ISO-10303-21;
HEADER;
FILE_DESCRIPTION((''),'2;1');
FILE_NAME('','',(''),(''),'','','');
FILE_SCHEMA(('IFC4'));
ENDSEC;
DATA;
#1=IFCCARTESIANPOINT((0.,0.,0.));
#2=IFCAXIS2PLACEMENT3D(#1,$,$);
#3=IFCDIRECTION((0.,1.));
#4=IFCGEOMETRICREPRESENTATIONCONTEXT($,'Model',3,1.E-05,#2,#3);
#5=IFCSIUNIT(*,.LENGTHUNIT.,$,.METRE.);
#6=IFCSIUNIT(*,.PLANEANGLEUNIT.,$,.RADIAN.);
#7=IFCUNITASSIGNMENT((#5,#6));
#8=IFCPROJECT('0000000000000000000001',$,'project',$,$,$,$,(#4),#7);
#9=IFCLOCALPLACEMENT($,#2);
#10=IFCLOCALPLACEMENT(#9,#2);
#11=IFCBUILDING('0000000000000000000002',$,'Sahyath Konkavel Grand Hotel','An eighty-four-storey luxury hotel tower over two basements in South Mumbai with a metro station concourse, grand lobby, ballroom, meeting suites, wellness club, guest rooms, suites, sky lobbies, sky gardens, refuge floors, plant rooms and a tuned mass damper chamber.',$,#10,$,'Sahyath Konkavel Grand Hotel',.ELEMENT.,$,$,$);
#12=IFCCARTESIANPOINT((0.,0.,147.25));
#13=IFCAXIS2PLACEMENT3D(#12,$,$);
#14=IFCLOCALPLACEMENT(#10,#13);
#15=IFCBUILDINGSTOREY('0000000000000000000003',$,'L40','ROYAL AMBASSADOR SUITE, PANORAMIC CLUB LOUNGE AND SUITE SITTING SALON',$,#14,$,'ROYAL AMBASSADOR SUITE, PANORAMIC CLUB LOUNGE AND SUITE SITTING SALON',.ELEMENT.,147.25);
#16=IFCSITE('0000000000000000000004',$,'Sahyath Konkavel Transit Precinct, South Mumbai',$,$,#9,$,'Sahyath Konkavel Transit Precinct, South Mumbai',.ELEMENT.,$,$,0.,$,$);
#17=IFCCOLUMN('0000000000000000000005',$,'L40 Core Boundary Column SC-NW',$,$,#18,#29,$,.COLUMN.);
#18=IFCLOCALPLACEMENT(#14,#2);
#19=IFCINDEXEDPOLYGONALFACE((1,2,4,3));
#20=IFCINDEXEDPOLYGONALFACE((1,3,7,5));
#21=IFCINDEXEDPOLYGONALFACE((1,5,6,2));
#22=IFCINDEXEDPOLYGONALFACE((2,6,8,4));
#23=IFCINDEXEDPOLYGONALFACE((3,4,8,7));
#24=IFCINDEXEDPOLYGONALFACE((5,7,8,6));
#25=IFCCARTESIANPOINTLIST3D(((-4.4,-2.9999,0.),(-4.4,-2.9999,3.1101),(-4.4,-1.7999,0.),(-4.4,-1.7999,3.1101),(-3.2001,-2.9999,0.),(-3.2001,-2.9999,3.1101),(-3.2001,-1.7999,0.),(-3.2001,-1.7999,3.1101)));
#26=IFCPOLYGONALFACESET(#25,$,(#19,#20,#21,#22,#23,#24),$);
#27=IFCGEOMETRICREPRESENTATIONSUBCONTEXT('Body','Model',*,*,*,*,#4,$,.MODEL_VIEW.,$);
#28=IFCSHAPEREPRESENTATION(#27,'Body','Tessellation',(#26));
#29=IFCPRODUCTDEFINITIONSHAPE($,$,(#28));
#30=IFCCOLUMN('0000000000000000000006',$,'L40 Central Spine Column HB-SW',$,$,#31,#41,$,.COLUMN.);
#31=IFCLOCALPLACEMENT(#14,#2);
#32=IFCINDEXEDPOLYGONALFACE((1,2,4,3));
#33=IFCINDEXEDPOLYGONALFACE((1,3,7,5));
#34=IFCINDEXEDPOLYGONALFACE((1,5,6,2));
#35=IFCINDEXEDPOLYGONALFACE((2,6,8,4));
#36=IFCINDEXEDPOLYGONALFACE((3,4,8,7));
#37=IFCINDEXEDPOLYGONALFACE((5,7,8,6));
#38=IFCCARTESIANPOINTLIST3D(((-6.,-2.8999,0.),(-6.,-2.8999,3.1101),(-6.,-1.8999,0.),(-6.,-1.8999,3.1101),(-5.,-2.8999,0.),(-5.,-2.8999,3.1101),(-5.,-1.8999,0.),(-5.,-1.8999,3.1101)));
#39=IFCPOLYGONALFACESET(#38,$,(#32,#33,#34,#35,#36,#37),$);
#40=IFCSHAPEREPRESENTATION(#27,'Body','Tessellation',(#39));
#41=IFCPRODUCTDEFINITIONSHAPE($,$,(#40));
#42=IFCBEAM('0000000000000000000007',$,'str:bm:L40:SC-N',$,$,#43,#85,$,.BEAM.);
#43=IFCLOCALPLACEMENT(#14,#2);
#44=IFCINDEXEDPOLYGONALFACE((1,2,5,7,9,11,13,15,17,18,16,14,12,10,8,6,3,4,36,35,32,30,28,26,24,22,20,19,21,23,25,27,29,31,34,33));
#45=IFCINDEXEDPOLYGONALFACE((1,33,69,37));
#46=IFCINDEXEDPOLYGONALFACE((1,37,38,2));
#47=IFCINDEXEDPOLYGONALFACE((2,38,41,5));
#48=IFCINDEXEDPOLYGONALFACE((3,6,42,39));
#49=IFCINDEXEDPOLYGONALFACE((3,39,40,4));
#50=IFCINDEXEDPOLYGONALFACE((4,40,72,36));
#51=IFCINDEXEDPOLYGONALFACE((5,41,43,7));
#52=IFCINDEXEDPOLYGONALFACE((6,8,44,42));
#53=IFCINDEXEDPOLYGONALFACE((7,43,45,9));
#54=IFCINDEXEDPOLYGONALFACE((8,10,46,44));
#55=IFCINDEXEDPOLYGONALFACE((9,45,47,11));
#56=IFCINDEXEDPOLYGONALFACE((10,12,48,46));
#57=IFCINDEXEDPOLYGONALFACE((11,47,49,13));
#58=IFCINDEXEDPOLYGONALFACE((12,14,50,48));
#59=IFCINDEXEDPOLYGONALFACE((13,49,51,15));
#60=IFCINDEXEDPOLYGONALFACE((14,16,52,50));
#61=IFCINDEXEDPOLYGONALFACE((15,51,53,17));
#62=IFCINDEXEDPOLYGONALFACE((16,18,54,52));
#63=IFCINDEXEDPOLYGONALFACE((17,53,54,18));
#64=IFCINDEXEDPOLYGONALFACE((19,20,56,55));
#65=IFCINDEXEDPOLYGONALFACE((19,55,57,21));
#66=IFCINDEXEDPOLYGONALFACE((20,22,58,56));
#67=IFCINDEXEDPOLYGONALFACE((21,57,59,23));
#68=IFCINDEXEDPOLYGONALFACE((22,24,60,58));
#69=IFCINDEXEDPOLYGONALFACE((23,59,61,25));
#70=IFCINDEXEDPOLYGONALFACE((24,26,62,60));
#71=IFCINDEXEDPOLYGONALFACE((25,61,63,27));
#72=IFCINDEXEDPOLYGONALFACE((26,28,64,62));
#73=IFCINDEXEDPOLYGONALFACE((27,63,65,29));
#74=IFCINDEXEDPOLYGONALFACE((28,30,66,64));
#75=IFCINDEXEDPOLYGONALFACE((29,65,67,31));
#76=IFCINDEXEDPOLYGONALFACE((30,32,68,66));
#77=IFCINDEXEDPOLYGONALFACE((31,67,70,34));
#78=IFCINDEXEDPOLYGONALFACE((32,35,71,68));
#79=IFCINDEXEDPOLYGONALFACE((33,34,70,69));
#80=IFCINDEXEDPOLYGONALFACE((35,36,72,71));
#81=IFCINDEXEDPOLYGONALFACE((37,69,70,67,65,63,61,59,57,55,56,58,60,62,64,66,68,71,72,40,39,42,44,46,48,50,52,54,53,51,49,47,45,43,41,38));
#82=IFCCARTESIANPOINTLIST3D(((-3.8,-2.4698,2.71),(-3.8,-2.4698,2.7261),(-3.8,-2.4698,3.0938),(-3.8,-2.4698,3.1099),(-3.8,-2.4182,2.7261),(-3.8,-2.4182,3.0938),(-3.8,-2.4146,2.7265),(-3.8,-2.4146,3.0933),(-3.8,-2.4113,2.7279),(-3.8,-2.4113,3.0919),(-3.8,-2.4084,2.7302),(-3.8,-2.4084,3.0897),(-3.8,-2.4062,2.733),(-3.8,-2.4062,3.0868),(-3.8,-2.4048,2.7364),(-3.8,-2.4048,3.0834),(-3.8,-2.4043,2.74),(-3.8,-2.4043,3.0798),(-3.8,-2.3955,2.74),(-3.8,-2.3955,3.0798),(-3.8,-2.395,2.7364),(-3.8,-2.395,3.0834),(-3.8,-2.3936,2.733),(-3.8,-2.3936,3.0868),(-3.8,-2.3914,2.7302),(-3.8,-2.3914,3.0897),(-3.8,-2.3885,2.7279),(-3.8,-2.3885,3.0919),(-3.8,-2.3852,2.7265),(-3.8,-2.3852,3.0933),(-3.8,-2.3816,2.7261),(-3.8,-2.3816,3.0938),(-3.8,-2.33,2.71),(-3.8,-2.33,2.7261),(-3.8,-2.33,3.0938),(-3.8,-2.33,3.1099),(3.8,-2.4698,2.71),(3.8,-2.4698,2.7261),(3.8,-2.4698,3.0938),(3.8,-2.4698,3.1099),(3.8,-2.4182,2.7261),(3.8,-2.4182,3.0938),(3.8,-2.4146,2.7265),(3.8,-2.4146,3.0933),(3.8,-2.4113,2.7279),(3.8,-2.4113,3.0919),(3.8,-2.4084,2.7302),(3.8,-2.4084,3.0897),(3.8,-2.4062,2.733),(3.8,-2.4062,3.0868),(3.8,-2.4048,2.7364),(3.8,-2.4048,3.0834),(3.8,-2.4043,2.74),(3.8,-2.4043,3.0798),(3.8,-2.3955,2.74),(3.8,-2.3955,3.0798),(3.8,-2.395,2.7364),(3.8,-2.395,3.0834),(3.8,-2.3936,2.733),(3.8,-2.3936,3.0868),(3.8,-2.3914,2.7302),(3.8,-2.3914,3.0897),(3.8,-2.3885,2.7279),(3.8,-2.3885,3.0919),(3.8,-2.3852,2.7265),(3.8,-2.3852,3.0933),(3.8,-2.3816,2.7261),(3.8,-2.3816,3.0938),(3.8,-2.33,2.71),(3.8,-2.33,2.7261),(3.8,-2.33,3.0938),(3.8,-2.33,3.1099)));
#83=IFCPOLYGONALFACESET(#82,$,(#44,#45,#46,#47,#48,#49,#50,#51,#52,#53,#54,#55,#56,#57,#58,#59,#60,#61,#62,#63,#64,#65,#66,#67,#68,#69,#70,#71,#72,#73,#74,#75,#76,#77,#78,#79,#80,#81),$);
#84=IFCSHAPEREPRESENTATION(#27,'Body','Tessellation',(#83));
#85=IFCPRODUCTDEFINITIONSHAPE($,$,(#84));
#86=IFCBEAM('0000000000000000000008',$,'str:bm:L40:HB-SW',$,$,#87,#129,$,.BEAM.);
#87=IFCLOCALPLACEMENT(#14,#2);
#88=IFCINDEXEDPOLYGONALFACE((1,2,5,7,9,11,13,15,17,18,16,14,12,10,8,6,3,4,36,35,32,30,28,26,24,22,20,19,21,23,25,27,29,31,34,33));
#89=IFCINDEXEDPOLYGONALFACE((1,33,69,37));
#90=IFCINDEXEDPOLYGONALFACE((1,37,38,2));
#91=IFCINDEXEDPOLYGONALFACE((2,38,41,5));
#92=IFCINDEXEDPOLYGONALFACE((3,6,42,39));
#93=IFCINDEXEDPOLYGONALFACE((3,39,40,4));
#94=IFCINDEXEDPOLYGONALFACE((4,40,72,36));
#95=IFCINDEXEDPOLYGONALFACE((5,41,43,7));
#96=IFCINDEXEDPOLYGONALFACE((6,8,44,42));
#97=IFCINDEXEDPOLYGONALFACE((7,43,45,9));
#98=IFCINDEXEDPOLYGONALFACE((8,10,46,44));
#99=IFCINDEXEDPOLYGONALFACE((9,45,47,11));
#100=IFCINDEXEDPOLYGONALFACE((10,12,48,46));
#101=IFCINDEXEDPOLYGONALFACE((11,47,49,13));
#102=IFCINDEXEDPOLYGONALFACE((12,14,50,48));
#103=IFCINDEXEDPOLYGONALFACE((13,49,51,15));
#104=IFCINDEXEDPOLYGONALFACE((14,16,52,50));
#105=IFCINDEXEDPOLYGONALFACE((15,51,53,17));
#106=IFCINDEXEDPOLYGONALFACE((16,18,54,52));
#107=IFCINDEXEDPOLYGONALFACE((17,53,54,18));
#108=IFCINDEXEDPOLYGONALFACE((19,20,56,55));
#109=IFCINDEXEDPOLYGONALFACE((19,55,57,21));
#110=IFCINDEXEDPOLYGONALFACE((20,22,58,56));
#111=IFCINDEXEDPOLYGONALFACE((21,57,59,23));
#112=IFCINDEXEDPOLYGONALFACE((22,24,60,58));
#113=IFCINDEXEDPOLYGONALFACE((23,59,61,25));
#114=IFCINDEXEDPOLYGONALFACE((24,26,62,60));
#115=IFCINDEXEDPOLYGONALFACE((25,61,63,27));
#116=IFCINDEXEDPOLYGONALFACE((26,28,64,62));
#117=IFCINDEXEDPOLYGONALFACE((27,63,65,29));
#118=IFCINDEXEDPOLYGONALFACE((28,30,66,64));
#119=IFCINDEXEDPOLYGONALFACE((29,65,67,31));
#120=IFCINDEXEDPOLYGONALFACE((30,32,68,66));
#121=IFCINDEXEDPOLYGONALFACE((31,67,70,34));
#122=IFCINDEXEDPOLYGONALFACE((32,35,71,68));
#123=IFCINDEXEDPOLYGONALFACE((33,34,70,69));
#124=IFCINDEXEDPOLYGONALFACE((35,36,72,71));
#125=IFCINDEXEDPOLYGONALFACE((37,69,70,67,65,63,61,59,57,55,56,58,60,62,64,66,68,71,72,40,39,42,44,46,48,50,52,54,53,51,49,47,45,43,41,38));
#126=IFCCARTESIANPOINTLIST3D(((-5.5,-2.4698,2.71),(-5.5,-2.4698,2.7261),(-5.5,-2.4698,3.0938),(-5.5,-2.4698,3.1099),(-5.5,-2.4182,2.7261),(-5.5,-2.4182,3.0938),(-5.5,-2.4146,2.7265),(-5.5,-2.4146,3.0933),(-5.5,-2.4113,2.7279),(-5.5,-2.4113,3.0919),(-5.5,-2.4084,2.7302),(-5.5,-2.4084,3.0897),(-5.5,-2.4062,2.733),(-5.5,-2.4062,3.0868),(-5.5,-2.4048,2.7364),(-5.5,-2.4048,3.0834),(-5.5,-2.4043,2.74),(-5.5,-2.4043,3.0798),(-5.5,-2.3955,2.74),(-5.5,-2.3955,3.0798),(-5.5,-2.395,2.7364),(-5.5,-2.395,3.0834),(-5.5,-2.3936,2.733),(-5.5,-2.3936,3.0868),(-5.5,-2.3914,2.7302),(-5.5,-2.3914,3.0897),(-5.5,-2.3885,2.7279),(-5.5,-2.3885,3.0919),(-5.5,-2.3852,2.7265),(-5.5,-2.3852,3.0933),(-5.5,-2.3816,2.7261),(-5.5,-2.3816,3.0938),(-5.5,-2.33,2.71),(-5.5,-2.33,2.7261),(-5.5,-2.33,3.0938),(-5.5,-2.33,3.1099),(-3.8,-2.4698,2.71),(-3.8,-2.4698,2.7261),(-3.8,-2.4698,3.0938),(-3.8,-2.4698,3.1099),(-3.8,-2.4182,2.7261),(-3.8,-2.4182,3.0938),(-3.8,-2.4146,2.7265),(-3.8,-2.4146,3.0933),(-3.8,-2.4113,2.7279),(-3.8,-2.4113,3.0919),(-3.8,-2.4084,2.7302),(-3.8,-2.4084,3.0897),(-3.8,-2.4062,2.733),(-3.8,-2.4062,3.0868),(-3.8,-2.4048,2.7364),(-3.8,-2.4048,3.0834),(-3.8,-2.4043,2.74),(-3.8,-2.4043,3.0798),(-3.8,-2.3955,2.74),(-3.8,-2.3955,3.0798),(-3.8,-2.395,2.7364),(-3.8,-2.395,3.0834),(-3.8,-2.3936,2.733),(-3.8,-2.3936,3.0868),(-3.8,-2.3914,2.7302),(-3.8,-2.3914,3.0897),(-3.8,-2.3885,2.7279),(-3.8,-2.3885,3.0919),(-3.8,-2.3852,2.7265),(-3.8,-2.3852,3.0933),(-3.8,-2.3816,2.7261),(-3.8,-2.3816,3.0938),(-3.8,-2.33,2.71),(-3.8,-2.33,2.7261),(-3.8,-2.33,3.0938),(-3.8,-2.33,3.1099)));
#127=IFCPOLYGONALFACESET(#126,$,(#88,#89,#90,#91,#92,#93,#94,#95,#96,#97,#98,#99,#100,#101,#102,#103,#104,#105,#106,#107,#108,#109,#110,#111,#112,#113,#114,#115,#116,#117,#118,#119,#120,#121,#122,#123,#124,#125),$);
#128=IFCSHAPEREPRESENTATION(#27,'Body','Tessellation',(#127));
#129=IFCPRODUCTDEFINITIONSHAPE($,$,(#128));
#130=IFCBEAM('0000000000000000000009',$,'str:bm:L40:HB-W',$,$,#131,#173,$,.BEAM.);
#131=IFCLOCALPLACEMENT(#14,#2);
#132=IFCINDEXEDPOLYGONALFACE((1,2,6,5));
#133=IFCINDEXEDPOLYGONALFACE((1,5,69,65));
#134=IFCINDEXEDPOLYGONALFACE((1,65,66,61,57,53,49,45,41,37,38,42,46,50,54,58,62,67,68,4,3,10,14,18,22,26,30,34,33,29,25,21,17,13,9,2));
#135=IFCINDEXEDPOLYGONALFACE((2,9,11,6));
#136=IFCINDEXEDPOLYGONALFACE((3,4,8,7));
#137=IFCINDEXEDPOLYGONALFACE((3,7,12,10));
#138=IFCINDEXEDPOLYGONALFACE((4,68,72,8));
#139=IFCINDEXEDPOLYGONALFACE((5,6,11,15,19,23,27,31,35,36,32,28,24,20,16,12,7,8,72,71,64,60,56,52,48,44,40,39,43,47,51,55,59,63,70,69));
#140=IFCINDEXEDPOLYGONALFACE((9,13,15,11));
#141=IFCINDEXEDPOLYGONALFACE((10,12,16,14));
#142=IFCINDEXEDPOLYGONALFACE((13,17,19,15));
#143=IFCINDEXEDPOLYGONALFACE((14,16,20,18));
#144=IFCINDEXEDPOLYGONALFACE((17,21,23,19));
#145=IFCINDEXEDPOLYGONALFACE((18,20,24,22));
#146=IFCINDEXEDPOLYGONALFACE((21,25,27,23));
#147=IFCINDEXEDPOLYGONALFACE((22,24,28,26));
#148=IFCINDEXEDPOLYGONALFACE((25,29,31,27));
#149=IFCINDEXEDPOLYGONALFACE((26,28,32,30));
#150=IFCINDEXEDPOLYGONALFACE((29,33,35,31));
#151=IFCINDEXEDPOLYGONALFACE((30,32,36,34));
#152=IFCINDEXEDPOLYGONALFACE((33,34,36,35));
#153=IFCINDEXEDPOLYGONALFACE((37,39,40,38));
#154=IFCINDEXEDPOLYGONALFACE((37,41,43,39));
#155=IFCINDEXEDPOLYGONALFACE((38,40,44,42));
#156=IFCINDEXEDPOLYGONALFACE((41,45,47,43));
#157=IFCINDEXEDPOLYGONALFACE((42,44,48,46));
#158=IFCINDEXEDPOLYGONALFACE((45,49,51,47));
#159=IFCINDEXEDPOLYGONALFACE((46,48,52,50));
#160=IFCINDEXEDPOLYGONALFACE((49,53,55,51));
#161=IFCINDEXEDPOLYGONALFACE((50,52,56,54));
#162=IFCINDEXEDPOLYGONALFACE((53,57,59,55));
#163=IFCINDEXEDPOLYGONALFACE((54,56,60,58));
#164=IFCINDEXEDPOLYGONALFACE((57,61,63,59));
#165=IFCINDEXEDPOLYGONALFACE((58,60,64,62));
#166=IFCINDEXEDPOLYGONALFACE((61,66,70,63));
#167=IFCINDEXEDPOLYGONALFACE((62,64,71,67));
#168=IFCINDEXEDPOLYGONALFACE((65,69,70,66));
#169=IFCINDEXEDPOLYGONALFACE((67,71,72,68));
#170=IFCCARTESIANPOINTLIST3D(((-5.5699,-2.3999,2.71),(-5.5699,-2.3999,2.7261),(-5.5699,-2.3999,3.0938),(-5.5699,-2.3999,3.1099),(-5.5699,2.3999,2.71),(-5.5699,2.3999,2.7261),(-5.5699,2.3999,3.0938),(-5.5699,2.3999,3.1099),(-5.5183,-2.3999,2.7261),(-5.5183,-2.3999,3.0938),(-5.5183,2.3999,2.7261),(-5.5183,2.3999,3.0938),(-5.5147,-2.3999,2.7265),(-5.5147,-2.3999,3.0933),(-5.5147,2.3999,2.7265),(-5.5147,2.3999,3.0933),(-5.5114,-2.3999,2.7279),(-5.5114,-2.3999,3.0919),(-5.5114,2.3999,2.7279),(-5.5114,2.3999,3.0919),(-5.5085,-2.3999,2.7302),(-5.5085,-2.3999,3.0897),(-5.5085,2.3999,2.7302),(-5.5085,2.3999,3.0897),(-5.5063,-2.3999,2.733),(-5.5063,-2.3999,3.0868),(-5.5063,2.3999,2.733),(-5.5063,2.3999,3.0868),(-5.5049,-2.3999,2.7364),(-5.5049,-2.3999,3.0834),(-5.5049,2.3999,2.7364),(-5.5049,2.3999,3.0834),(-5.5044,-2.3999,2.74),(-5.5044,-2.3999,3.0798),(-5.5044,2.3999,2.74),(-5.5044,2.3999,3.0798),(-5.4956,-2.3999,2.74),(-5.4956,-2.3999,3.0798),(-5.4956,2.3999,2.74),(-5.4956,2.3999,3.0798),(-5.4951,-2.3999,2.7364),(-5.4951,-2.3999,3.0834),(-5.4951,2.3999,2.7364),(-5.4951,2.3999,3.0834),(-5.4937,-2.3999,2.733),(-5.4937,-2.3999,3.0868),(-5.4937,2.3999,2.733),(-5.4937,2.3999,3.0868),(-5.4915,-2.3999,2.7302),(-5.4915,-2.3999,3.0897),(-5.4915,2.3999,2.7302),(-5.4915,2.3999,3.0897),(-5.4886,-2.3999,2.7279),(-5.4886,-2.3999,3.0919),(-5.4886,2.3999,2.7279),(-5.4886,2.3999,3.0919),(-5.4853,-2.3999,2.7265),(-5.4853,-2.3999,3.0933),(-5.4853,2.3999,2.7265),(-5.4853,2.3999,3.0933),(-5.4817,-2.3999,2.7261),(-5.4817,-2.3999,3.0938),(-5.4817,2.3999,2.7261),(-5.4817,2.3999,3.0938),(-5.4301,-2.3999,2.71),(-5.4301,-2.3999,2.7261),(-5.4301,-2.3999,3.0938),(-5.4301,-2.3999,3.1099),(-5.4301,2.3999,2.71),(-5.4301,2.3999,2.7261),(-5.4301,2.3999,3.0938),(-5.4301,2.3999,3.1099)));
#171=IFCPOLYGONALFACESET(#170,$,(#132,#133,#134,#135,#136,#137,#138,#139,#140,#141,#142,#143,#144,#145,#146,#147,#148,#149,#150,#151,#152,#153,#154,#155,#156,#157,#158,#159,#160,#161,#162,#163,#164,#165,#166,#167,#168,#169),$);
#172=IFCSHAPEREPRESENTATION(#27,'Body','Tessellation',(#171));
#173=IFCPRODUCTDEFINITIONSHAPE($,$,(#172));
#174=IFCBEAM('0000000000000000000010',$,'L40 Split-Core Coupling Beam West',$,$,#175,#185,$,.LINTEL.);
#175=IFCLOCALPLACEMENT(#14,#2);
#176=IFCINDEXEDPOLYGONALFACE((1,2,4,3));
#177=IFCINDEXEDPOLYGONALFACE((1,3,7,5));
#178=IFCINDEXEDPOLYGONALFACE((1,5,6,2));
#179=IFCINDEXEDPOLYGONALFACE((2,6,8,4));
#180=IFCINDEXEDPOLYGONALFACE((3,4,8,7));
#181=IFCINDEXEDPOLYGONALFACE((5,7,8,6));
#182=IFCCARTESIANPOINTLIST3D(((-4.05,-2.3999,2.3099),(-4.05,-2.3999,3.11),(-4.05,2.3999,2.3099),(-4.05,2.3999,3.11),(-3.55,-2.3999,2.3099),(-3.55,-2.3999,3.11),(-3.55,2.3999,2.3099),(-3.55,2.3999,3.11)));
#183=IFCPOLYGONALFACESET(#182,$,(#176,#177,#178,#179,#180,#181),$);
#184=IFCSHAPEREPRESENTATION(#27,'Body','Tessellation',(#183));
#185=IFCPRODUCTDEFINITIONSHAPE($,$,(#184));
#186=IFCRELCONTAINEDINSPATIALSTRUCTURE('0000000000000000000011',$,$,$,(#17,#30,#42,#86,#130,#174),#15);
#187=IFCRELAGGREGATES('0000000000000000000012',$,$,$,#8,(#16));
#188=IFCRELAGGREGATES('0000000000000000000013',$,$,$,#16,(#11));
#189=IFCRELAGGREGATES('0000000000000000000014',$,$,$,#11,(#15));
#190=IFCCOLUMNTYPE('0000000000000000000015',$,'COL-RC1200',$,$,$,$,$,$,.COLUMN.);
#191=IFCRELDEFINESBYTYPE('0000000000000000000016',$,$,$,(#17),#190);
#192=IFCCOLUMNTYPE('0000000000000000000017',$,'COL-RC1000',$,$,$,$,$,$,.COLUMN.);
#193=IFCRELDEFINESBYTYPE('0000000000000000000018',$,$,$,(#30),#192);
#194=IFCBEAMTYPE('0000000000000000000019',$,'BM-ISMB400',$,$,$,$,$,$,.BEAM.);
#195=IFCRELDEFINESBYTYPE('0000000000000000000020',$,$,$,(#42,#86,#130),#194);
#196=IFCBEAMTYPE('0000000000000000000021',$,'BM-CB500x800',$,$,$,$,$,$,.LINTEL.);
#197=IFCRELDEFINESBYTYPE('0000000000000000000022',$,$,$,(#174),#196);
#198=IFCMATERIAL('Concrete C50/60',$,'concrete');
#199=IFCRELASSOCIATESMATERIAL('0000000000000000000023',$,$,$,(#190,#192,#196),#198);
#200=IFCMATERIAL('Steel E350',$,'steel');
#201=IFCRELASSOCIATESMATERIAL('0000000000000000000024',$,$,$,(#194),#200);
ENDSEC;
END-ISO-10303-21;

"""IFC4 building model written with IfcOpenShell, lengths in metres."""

from ifc_helpers import new_model, si_unit, direction, frame, origin, origin_2d, place, context, subcontext, project, spatial, rectangle, i_section, extrude, source, transform, mapped, material, material_profile, profile_set, type_object, element, save


model = new_model("IFC4")

# Units and contexts
model_context = context("Model", 3, precision=1e-05, world=origin(), true_north=direction((0.0, 1.0)))
body_context = subcontext(model_context, "Body", "Model", "MODEL_VIEW")
ifc_project = project(units=[si_unit("LENGTHUNIT", "METRE"), si_unit("PLANEANGLEUNIT", "RADIAN")], contexts=[model_context])

# Site, building, storey
site_placement = place(None, origin())
site = spatial("IfcSite", under=ifc_project, at=site_placement, Name="Sahyath Konkavel Transit Precinct, South Mumbai", LongName="Sahyath Konkavel Transit Precinct, South Mumbai", CompositionType="ELEMENT", RefElevation=0.0)
building_placement = place(site_placement, origin())
building = spatial("IfcBuilding", under=site, at=building_placement, Name="Sahyath Konkavel Grand Hotel", Description="An eighty-four-storey luxury hotel tower over two basements in South Mumbai with a metro station concourse, grand lobby, ballroom, meeting suites, wellness club, guest rooms, suites, sky lobbies, sky gardens, refuge floors, plant rooms and a tuned mass damper chamber.", LongName="Sahyath Konkavel Grand Hotel", CompositionType="ELEMENT")
storey_placement = place(building_placement, frame((0.0, 0.0, 147.25)))
storey = spatial("IfcBuildingStorey", under=building, at=storey_placement, Name="L40", Description="ROYAL AMBASSADOR SUITE, PANORAMIC CLUB LOUNGE AND SUITE SITTING SALON", LongName="ROYAL AMBASSADOR SUITE, PANORAMIC CLUB LOUNGE AND SUITE SITTING SALON", CompositionType="ELEMENT", Elevation=147.25)

# Columns
ifc_material_1 = material(Name="Concrete C50/60", Category="concrete")
ifc_material_profile_1 = material_profile(ifc_material_1, rectangle(XDim=1.2, YDim=1.2, at=origin_2d()), Name="RC 1200x1200")
ifc_profile_set_1 = profile_set([ifc_material_profile_1], Name="Concrete C50/60")
column_type_1 = type_object("IfcColumnType", Name="COL-RC1200", PredefinedType="COLUMN", material=ifc_profile_set_1)
shared_shape_1 = source(origin(), body_context, "Body", "SweptSolid", [
    extrude(rectangle(XDim=1.2, YDim=1.2, at=origin_2d()), origin(), (0.0, 0.0, 1.0), 3.1101),
])
column_1_placement = place(storey_placement, frame((-3.8, -2.3999, 0.0), z_axis=(0.0, 0.0, 1.0), x_axis=(1.0, 0.0, 0.0)))
element("IfcColumn", 1, at=column_1_placement, inside=storey, type_object=column_type_1, Name="L40 Core Boundary Column SC-NW", PredefinedType="COLUMN", context=body_context, shape_type="MappedRepresentation", body=[
    mapped(shared_shape_1, transform((0.0, 0.0, 0.0), scale=1.0)),
])
ifc_material_profile_2 = material_profile(ifc_material_1, rectangle(XDim=1.0, YDim=1.0, at=origin_2d()), Name="RC 1000x1000")
ifc_profile_set_2 = profile_set([ifc_material_profile_2], Name="Concrete C50/60")
column_type_2 = type_object("IfcColumnType", Name="COL-RC1000", PredefinedType="COLUMN", material=ifc_profile_set_2)
shared_shape_2 = source(origin(), body_context, "Body", "SweptSolid", [
    extrude(rectangle(XDim=1.0, YDim=1.0, at=origin_2d()), origin(), (0.0, 0.0, 1.0), 3.1101),
])
column_2_placement = place(storey_placement, frame((-5.5, -2.3999, 0.0), z_axis=(0.0, 0.0, 1.0), x_axis=(1.0, 0.0, 0.0)))
element("IfcColumn", 2, at=column_2_placement, inside=storey, type_object=column_type_2, Name="L40 Central Spine Column HB-SW", PredefinedType="COLUMN", context=body_context, shape_type="MappedRepresentation", body=[
    mapped(shared_shape_2, transform((0.0, 0.0, 0.0), scale=1.0)),
])

# Beams
ifc_material_2 = material(Name="Steel E350", Category="steel")
ifc_material_profile_3 = material_profile(ifc_material_2, i_section(OverallWidth=0.1399, OverallDepth=0.3999, WebThickness=0.0088, FlangeThickness=0.0161, FilletRadius=0.0139, at=origin_2d()), Name="ISMB 400")
ifc_profile_set_3 = profile_set([ifc_material_profile_3], Name="Steel E350")
beam_type_1 = type_object("IfcBeamType", Name="BM-ISMB400", PredefinedType="BEAM", material=ifc_profile_set_3)
shared_shape_3 = source(origin(), body_context, "Body", "SweptSolid", [
    extrude(i_section(OverallWidth=0.1399, OverallDepth=0.3999, WebThickness=0.0088, FlangeThickness=0.0161, FilletRadius=0.0139, at=origin_2d()), origin(), (0.0, 0.0, 1.0), 7.6001),
])
beam_1_placement = place(storey_placement, frame((-3.8, -2.3999, 2.9099), z_axis=(1.0, 0.0, 0.0), x_axis=(0.0, 1.0, 0.0)))
element("IfcBeam", 3, at=beam_1_placement, inside=storey, type_object=beam_type_1, Name="str:bm:L40:SC-N", PredefinedType="BEAM", context=body_context, shape_type="MappedRepresentation", body=[
    mapped(shared_shape_3, transform((0.0, 0.0, 0.0), scale=1.0)),
])
shared_shape_4 = source(origin(), body_context, "Body", "SweptSolid", [
    extrude(i_section(OverallWidth=0.1399, OverallDepth=0.3999, WebThickness=0.0088, FlangeThickness=0.0161, FilletRadius=0.0139, at=origin_2d()), origin(), (0.0, 0.0, 1.0), 1.7),
])
beam_2_placement = place(storey_placement, frame((-5.5, -2.3999, 2.9099), z_axis=(1.0, 0.0, 0.0), x_axis=(0.0, 1.0, 0.0)))
element("IfcBeam", 4, at=beam_2_placement, inside=storey, type_object=beam_type_1, Name="str:bm:L40:HB-SW", PredefinedType="BEAM", context=body_context, shape_type="MappedRepresentation", body=[
    mapped(shared_shape_4, transform((0.0, 0.0, 0.0), scale=1.0)),
])
shared_shape_5 = source(origin(), body_context, "Body", "SweptSolid", [
    extrude(i_section(OverallWidth=0.1399, OverallDepth=0.3999, WebThickness=0.0088, FlangeThickness=0.0161, FilletRadius=0.0139, at=origin_2d()), origin(), (0.0, 0.0, 1.0), 4.7998),
])
beam_3_placement = place(storey_placement, frame((-5.5, -2.3999, 2.9099), z_axis=(0.0, 1.0, 0.0), x_axis=(-1.0, 0.0, 0.0)))
element("IfcBeam", 5, at=beam_3_placement, inside=storey, type_object=beam_type_1, Name="str:bm:L40:HB-W", PredefinedType="BEAM", context=body_context, shape_type="MappedRepresentation", body=[
    mapped(shared_shape_5, transform((0.0, 0.0, 0.0), scale=1.0)),
])
ifc_material_profile_4 = material_profile(ifc_material_1, rectangle(XDim=0.5, YDim=0.8, at=origin_2d()), Name="RC 500x800")
ifc_profile_set_4 = profile_set([ifc_material_profile_4], Name="Concrete C50/60")
beam_type_2 = type_object("IfcBeamType", Name="BM-CB500x800", PredefinedType="LINTEL", material=ifc_profile_set_4)
shared_shape_6 = source(origin(), body_context, "Body", "SweptSolid", [
    extrude(rectangle(XDim=0.5, YDim=0.8, at=origin_2d()), origin(), (0.0, 0.0, 1.0), 4.7998),
])
beam_4_placement = place(storey_placement, frame((-3.8, -2.3999, 2.71), z_axis=(0.0, 1.0, 0.0), x_axis=(-1.0, 0.0, 0.0)))
element("IfcBeam", 6, at=beam_4_placement, inside=storey, type_object=beam_type_2, Name="L40 Split-Core Coupling Beam West", PredefinedType="LINTEL", context=body_context, shape_type="MappedRepresentation", body=[
    mapped(shared_shape_6, transform((0.0, 0.0, 0.0), scale=1.0)),
])

save(model, "model.ifc")
